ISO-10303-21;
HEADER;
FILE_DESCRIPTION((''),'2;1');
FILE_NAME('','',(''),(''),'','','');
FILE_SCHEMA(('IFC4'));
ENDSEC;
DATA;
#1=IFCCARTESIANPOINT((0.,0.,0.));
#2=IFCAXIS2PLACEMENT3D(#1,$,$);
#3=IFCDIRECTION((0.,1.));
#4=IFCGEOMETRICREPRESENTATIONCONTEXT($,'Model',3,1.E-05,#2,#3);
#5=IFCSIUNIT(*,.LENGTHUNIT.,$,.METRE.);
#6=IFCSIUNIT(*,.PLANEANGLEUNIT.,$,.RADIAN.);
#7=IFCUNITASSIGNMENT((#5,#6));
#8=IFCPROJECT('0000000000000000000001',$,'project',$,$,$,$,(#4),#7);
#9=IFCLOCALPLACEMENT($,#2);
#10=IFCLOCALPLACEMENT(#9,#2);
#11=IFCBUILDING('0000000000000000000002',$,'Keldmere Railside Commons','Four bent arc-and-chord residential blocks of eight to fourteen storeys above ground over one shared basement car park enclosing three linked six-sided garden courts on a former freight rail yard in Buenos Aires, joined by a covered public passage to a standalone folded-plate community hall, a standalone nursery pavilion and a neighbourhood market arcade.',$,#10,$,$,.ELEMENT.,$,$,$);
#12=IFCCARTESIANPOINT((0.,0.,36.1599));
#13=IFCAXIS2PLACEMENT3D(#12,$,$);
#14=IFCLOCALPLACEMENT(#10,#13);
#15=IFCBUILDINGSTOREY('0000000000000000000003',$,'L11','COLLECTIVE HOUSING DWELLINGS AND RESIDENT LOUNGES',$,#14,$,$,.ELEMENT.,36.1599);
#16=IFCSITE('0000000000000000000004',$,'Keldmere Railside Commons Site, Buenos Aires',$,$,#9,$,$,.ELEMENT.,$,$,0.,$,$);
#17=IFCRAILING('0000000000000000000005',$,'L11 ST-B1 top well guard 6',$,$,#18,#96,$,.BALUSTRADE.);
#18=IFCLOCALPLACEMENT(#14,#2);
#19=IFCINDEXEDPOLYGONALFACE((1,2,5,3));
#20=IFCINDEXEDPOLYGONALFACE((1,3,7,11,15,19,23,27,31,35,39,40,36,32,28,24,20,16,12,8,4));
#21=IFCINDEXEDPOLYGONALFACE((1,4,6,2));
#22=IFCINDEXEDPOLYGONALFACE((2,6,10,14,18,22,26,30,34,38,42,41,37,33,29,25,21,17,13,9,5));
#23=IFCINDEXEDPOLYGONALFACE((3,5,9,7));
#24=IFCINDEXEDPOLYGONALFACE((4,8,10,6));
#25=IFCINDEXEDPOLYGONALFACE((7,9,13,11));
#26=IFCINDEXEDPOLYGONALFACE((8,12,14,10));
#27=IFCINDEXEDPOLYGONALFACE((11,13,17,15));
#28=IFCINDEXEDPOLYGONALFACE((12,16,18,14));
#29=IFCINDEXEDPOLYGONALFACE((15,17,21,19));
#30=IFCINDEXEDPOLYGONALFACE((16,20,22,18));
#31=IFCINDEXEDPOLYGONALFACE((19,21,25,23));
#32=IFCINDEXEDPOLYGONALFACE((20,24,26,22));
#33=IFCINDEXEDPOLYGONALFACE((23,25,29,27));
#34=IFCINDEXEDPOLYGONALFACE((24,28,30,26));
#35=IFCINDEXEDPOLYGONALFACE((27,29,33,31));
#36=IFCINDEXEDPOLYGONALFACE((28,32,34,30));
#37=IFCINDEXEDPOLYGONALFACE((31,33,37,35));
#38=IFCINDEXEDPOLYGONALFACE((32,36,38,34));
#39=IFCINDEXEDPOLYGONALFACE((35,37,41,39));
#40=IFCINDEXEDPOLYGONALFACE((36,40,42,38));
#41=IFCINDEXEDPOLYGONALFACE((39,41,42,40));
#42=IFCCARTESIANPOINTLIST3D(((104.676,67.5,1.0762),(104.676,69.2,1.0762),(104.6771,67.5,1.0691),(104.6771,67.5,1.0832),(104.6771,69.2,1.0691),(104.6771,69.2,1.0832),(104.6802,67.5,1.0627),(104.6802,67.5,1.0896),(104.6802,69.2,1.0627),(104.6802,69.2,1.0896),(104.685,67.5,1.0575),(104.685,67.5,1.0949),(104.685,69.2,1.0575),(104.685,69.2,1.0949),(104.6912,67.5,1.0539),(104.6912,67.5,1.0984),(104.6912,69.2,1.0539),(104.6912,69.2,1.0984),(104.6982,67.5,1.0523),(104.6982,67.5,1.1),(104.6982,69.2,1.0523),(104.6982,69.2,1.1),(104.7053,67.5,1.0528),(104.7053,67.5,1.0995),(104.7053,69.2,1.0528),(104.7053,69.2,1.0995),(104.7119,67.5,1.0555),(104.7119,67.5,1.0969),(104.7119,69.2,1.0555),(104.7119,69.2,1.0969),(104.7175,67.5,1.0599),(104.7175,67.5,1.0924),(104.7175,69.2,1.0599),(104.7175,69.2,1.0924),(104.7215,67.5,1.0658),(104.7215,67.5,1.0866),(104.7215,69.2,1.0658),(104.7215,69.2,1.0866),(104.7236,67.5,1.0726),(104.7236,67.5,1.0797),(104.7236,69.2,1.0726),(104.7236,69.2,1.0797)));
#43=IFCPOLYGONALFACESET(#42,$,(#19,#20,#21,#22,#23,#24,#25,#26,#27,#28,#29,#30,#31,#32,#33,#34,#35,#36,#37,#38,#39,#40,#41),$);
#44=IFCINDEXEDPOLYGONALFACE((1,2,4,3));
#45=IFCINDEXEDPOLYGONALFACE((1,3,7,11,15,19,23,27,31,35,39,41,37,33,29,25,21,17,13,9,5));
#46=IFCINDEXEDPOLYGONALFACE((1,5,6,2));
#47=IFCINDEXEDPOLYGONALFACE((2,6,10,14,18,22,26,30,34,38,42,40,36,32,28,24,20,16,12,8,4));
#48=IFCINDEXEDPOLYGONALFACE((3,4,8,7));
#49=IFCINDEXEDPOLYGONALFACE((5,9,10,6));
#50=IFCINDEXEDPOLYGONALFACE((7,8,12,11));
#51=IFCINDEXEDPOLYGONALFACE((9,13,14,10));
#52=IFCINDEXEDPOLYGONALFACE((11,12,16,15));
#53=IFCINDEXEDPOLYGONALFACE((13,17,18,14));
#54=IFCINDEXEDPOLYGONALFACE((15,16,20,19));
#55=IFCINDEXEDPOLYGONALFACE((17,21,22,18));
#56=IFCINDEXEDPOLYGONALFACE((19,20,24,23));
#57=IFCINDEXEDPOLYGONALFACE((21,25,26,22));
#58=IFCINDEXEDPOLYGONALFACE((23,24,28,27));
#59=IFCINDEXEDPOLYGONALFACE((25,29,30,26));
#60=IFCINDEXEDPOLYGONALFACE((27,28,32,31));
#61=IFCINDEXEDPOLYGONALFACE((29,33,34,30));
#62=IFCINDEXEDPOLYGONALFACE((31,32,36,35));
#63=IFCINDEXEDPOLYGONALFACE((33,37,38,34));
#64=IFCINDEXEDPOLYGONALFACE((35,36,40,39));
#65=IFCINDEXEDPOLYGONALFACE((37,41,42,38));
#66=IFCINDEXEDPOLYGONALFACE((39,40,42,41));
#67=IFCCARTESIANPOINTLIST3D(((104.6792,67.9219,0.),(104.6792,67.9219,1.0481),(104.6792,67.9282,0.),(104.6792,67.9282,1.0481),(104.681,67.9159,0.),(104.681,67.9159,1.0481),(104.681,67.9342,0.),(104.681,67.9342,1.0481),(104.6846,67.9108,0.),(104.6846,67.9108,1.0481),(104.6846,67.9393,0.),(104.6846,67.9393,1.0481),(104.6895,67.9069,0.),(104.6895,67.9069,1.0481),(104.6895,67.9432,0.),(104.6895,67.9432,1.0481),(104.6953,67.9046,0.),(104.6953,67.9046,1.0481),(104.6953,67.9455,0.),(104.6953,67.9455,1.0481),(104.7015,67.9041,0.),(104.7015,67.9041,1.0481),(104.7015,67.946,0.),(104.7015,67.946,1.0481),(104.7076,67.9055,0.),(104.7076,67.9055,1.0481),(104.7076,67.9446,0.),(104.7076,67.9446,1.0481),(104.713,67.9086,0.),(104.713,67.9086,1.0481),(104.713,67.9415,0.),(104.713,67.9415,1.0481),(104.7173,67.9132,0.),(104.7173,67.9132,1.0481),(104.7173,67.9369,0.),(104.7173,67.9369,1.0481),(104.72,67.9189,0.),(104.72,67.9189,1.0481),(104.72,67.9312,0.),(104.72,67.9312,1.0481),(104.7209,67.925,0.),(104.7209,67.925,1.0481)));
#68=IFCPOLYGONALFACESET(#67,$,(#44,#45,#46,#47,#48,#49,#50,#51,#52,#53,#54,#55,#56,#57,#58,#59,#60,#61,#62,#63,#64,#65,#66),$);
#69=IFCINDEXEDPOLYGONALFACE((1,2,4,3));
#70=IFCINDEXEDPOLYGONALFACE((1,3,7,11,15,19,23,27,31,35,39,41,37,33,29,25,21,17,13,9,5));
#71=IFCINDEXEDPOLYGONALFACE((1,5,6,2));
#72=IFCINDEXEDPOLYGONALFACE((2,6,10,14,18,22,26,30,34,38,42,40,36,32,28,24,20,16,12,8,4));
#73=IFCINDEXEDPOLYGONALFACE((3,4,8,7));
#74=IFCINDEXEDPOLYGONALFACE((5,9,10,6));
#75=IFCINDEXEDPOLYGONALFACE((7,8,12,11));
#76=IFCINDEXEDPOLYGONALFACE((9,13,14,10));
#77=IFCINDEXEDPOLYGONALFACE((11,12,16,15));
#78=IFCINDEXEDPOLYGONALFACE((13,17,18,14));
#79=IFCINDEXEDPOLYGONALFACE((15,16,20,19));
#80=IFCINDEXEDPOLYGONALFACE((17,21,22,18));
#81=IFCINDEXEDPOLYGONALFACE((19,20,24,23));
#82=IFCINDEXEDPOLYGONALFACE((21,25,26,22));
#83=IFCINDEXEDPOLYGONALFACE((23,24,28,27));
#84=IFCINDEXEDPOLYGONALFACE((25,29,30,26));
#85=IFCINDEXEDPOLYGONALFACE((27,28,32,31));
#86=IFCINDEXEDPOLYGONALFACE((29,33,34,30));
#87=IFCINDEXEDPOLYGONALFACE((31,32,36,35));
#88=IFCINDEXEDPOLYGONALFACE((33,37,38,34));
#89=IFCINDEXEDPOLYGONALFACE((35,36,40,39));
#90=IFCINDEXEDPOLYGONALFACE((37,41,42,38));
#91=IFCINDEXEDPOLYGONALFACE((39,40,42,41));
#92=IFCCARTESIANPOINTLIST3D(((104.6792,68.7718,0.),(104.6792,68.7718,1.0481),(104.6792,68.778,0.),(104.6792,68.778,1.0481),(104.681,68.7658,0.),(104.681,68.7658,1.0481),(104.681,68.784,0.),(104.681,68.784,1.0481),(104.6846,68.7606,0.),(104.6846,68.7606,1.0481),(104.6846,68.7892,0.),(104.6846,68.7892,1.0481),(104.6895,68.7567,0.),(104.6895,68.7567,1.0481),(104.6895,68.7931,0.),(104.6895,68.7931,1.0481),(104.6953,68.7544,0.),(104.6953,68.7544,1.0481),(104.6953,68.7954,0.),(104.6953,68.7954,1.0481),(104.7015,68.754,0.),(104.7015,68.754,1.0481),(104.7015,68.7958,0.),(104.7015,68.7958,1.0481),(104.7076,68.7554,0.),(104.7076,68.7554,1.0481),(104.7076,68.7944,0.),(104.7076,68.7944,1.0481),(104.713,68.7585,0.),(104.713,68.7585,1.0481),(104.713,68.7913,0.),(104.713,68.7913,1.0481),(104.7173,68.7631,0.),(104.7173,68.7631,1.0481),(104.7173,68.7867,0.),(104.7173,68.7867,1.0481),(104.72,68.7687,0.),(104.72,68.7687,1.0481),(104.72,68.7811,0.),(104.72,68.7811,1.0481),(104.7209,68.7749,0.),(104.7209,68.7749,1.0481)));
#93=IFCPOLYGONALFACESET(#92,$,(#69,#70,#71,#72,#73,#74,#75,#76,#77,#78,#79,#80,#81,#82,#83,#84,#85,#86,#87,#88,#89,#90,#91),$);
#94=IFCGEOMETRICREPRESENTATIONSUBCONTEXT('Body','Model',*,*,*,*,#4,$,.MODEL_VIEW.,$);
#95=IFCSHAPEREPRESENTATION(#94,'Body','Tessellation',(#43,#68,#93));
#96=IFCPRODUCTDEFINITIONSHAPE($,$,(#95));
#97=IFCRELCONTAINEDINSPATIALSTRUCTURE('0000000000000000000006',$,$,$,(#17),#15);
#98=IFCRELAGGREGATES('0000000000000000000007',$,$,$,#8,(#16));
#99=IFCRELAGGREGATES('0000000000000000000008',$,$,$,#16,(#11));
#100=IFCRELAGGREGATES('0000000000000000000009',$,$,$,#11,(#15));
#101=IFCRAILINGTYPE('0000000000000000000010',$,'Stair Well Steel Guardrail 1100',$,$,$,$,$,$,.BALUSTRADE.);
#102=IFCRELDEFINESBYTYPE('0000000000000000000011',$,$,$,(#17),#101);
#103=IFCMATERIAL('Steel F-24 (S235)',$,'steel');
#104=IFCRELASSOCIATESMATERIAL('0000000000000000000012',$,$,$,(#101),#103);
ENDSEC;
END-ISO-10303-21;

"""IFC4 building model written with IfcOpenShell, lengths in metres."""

from ifc_helpers import new_model, si_unit, direction, frame, origin, origin_2d, place, context, subcontext, project, spatial, circle, extrude, material, type_object, element, save


model = new_model("IFC4")

# Units and contexts
model_context = context("Model", 3, precision=1e-05, world=origin(), true_north=direction((0.0, 1.0)))
body_context = subcontext(model_context, "Body", "Model", "MODEL_VIEW")
ifc_project = project(units=[si_unit("LENGTHUNIT", "METRE"), si_unit("PLANEANGLEUNIT", "RADIAN")], contexts=[model_context])

# Site, building, storey
site_placement = place(None, origin())
site = spatial("IfcSite", under=ifc_project, at=site_placement, Name="Keldmere Railside Commons Site, Buenos Aires", CompositionType="ELEMENT", RefElevation=0.0)
building_placement = place(site_placement, origin())
building = spatial("IfcBuilding", under=site, at=building_placement, Name="Keldmere Railside Commons", Description="Four bent arc-and-chord residential blocks of eight to fourteen storeys above ground over one shared basement car park enclosing three linked six-sided garden courts on a former freight rail yard in Buenos Aires, joined by a covered public passage to a standalone folded-plate community hall, a standalone nursery pavilion and a neighbourhood market arcade.", CompositionType="ELEMENT")
storey_placement = place(building_placement, frame((0.0, 0.0, 36.1599)))
storey = spatial("IfcBuildingStorey", under=building, at=storey_placement, Name="L11", Description="COLLECTIVE HOUSING DWELLINGS AND RESIDENT LOUNGES", CompositionType="ELEMENT", Elevation=36.1599)

# Shared definitions
ifc_material_1 = material(Name="Steel F-24 (S235)", Category="steel")

# Railing
railing_type_1 = type_object("IfcRailingType", Name="Stair Well Steel Guardrail 1100", PredefinedType="BALUSTRADE", material=ifc_material_1)
railing_1_placement = place(storey_placement, frame((104.7, 67.5, 0.0)))
element("IfcRailing", 1, at=railing_1_placement, inside=storey, type_object=railing_type_1, Name="L11 ST-B1 top well guard 6", PredefinedType="BALUSTRADE", context=body_context, shape_type="SweptSolid", body=[
    extrude(circle(Radius=0.0239, at=origin_2d()), frame((0.0, 0.0, 1.0762), z_axis=(0.0, 1.0, 0.0), x_axis=(-1.0, 0.0, 0.0)), (0.0, 0.0, 1.0), 1.7),
    extrude(circle(Radius=0.021, at=origin_2d()), frame((0.0, 0.425, 0.0)), (0.0, 0.0, 1.0), 1.0481),
    extrude(circle(Radius=0.021, at=origin_2d()), frame((0.0, 1.2749, 0.0)), (0.0, 0.0, 1.0), 1.0481),
])

save(model, "model.ifc")
